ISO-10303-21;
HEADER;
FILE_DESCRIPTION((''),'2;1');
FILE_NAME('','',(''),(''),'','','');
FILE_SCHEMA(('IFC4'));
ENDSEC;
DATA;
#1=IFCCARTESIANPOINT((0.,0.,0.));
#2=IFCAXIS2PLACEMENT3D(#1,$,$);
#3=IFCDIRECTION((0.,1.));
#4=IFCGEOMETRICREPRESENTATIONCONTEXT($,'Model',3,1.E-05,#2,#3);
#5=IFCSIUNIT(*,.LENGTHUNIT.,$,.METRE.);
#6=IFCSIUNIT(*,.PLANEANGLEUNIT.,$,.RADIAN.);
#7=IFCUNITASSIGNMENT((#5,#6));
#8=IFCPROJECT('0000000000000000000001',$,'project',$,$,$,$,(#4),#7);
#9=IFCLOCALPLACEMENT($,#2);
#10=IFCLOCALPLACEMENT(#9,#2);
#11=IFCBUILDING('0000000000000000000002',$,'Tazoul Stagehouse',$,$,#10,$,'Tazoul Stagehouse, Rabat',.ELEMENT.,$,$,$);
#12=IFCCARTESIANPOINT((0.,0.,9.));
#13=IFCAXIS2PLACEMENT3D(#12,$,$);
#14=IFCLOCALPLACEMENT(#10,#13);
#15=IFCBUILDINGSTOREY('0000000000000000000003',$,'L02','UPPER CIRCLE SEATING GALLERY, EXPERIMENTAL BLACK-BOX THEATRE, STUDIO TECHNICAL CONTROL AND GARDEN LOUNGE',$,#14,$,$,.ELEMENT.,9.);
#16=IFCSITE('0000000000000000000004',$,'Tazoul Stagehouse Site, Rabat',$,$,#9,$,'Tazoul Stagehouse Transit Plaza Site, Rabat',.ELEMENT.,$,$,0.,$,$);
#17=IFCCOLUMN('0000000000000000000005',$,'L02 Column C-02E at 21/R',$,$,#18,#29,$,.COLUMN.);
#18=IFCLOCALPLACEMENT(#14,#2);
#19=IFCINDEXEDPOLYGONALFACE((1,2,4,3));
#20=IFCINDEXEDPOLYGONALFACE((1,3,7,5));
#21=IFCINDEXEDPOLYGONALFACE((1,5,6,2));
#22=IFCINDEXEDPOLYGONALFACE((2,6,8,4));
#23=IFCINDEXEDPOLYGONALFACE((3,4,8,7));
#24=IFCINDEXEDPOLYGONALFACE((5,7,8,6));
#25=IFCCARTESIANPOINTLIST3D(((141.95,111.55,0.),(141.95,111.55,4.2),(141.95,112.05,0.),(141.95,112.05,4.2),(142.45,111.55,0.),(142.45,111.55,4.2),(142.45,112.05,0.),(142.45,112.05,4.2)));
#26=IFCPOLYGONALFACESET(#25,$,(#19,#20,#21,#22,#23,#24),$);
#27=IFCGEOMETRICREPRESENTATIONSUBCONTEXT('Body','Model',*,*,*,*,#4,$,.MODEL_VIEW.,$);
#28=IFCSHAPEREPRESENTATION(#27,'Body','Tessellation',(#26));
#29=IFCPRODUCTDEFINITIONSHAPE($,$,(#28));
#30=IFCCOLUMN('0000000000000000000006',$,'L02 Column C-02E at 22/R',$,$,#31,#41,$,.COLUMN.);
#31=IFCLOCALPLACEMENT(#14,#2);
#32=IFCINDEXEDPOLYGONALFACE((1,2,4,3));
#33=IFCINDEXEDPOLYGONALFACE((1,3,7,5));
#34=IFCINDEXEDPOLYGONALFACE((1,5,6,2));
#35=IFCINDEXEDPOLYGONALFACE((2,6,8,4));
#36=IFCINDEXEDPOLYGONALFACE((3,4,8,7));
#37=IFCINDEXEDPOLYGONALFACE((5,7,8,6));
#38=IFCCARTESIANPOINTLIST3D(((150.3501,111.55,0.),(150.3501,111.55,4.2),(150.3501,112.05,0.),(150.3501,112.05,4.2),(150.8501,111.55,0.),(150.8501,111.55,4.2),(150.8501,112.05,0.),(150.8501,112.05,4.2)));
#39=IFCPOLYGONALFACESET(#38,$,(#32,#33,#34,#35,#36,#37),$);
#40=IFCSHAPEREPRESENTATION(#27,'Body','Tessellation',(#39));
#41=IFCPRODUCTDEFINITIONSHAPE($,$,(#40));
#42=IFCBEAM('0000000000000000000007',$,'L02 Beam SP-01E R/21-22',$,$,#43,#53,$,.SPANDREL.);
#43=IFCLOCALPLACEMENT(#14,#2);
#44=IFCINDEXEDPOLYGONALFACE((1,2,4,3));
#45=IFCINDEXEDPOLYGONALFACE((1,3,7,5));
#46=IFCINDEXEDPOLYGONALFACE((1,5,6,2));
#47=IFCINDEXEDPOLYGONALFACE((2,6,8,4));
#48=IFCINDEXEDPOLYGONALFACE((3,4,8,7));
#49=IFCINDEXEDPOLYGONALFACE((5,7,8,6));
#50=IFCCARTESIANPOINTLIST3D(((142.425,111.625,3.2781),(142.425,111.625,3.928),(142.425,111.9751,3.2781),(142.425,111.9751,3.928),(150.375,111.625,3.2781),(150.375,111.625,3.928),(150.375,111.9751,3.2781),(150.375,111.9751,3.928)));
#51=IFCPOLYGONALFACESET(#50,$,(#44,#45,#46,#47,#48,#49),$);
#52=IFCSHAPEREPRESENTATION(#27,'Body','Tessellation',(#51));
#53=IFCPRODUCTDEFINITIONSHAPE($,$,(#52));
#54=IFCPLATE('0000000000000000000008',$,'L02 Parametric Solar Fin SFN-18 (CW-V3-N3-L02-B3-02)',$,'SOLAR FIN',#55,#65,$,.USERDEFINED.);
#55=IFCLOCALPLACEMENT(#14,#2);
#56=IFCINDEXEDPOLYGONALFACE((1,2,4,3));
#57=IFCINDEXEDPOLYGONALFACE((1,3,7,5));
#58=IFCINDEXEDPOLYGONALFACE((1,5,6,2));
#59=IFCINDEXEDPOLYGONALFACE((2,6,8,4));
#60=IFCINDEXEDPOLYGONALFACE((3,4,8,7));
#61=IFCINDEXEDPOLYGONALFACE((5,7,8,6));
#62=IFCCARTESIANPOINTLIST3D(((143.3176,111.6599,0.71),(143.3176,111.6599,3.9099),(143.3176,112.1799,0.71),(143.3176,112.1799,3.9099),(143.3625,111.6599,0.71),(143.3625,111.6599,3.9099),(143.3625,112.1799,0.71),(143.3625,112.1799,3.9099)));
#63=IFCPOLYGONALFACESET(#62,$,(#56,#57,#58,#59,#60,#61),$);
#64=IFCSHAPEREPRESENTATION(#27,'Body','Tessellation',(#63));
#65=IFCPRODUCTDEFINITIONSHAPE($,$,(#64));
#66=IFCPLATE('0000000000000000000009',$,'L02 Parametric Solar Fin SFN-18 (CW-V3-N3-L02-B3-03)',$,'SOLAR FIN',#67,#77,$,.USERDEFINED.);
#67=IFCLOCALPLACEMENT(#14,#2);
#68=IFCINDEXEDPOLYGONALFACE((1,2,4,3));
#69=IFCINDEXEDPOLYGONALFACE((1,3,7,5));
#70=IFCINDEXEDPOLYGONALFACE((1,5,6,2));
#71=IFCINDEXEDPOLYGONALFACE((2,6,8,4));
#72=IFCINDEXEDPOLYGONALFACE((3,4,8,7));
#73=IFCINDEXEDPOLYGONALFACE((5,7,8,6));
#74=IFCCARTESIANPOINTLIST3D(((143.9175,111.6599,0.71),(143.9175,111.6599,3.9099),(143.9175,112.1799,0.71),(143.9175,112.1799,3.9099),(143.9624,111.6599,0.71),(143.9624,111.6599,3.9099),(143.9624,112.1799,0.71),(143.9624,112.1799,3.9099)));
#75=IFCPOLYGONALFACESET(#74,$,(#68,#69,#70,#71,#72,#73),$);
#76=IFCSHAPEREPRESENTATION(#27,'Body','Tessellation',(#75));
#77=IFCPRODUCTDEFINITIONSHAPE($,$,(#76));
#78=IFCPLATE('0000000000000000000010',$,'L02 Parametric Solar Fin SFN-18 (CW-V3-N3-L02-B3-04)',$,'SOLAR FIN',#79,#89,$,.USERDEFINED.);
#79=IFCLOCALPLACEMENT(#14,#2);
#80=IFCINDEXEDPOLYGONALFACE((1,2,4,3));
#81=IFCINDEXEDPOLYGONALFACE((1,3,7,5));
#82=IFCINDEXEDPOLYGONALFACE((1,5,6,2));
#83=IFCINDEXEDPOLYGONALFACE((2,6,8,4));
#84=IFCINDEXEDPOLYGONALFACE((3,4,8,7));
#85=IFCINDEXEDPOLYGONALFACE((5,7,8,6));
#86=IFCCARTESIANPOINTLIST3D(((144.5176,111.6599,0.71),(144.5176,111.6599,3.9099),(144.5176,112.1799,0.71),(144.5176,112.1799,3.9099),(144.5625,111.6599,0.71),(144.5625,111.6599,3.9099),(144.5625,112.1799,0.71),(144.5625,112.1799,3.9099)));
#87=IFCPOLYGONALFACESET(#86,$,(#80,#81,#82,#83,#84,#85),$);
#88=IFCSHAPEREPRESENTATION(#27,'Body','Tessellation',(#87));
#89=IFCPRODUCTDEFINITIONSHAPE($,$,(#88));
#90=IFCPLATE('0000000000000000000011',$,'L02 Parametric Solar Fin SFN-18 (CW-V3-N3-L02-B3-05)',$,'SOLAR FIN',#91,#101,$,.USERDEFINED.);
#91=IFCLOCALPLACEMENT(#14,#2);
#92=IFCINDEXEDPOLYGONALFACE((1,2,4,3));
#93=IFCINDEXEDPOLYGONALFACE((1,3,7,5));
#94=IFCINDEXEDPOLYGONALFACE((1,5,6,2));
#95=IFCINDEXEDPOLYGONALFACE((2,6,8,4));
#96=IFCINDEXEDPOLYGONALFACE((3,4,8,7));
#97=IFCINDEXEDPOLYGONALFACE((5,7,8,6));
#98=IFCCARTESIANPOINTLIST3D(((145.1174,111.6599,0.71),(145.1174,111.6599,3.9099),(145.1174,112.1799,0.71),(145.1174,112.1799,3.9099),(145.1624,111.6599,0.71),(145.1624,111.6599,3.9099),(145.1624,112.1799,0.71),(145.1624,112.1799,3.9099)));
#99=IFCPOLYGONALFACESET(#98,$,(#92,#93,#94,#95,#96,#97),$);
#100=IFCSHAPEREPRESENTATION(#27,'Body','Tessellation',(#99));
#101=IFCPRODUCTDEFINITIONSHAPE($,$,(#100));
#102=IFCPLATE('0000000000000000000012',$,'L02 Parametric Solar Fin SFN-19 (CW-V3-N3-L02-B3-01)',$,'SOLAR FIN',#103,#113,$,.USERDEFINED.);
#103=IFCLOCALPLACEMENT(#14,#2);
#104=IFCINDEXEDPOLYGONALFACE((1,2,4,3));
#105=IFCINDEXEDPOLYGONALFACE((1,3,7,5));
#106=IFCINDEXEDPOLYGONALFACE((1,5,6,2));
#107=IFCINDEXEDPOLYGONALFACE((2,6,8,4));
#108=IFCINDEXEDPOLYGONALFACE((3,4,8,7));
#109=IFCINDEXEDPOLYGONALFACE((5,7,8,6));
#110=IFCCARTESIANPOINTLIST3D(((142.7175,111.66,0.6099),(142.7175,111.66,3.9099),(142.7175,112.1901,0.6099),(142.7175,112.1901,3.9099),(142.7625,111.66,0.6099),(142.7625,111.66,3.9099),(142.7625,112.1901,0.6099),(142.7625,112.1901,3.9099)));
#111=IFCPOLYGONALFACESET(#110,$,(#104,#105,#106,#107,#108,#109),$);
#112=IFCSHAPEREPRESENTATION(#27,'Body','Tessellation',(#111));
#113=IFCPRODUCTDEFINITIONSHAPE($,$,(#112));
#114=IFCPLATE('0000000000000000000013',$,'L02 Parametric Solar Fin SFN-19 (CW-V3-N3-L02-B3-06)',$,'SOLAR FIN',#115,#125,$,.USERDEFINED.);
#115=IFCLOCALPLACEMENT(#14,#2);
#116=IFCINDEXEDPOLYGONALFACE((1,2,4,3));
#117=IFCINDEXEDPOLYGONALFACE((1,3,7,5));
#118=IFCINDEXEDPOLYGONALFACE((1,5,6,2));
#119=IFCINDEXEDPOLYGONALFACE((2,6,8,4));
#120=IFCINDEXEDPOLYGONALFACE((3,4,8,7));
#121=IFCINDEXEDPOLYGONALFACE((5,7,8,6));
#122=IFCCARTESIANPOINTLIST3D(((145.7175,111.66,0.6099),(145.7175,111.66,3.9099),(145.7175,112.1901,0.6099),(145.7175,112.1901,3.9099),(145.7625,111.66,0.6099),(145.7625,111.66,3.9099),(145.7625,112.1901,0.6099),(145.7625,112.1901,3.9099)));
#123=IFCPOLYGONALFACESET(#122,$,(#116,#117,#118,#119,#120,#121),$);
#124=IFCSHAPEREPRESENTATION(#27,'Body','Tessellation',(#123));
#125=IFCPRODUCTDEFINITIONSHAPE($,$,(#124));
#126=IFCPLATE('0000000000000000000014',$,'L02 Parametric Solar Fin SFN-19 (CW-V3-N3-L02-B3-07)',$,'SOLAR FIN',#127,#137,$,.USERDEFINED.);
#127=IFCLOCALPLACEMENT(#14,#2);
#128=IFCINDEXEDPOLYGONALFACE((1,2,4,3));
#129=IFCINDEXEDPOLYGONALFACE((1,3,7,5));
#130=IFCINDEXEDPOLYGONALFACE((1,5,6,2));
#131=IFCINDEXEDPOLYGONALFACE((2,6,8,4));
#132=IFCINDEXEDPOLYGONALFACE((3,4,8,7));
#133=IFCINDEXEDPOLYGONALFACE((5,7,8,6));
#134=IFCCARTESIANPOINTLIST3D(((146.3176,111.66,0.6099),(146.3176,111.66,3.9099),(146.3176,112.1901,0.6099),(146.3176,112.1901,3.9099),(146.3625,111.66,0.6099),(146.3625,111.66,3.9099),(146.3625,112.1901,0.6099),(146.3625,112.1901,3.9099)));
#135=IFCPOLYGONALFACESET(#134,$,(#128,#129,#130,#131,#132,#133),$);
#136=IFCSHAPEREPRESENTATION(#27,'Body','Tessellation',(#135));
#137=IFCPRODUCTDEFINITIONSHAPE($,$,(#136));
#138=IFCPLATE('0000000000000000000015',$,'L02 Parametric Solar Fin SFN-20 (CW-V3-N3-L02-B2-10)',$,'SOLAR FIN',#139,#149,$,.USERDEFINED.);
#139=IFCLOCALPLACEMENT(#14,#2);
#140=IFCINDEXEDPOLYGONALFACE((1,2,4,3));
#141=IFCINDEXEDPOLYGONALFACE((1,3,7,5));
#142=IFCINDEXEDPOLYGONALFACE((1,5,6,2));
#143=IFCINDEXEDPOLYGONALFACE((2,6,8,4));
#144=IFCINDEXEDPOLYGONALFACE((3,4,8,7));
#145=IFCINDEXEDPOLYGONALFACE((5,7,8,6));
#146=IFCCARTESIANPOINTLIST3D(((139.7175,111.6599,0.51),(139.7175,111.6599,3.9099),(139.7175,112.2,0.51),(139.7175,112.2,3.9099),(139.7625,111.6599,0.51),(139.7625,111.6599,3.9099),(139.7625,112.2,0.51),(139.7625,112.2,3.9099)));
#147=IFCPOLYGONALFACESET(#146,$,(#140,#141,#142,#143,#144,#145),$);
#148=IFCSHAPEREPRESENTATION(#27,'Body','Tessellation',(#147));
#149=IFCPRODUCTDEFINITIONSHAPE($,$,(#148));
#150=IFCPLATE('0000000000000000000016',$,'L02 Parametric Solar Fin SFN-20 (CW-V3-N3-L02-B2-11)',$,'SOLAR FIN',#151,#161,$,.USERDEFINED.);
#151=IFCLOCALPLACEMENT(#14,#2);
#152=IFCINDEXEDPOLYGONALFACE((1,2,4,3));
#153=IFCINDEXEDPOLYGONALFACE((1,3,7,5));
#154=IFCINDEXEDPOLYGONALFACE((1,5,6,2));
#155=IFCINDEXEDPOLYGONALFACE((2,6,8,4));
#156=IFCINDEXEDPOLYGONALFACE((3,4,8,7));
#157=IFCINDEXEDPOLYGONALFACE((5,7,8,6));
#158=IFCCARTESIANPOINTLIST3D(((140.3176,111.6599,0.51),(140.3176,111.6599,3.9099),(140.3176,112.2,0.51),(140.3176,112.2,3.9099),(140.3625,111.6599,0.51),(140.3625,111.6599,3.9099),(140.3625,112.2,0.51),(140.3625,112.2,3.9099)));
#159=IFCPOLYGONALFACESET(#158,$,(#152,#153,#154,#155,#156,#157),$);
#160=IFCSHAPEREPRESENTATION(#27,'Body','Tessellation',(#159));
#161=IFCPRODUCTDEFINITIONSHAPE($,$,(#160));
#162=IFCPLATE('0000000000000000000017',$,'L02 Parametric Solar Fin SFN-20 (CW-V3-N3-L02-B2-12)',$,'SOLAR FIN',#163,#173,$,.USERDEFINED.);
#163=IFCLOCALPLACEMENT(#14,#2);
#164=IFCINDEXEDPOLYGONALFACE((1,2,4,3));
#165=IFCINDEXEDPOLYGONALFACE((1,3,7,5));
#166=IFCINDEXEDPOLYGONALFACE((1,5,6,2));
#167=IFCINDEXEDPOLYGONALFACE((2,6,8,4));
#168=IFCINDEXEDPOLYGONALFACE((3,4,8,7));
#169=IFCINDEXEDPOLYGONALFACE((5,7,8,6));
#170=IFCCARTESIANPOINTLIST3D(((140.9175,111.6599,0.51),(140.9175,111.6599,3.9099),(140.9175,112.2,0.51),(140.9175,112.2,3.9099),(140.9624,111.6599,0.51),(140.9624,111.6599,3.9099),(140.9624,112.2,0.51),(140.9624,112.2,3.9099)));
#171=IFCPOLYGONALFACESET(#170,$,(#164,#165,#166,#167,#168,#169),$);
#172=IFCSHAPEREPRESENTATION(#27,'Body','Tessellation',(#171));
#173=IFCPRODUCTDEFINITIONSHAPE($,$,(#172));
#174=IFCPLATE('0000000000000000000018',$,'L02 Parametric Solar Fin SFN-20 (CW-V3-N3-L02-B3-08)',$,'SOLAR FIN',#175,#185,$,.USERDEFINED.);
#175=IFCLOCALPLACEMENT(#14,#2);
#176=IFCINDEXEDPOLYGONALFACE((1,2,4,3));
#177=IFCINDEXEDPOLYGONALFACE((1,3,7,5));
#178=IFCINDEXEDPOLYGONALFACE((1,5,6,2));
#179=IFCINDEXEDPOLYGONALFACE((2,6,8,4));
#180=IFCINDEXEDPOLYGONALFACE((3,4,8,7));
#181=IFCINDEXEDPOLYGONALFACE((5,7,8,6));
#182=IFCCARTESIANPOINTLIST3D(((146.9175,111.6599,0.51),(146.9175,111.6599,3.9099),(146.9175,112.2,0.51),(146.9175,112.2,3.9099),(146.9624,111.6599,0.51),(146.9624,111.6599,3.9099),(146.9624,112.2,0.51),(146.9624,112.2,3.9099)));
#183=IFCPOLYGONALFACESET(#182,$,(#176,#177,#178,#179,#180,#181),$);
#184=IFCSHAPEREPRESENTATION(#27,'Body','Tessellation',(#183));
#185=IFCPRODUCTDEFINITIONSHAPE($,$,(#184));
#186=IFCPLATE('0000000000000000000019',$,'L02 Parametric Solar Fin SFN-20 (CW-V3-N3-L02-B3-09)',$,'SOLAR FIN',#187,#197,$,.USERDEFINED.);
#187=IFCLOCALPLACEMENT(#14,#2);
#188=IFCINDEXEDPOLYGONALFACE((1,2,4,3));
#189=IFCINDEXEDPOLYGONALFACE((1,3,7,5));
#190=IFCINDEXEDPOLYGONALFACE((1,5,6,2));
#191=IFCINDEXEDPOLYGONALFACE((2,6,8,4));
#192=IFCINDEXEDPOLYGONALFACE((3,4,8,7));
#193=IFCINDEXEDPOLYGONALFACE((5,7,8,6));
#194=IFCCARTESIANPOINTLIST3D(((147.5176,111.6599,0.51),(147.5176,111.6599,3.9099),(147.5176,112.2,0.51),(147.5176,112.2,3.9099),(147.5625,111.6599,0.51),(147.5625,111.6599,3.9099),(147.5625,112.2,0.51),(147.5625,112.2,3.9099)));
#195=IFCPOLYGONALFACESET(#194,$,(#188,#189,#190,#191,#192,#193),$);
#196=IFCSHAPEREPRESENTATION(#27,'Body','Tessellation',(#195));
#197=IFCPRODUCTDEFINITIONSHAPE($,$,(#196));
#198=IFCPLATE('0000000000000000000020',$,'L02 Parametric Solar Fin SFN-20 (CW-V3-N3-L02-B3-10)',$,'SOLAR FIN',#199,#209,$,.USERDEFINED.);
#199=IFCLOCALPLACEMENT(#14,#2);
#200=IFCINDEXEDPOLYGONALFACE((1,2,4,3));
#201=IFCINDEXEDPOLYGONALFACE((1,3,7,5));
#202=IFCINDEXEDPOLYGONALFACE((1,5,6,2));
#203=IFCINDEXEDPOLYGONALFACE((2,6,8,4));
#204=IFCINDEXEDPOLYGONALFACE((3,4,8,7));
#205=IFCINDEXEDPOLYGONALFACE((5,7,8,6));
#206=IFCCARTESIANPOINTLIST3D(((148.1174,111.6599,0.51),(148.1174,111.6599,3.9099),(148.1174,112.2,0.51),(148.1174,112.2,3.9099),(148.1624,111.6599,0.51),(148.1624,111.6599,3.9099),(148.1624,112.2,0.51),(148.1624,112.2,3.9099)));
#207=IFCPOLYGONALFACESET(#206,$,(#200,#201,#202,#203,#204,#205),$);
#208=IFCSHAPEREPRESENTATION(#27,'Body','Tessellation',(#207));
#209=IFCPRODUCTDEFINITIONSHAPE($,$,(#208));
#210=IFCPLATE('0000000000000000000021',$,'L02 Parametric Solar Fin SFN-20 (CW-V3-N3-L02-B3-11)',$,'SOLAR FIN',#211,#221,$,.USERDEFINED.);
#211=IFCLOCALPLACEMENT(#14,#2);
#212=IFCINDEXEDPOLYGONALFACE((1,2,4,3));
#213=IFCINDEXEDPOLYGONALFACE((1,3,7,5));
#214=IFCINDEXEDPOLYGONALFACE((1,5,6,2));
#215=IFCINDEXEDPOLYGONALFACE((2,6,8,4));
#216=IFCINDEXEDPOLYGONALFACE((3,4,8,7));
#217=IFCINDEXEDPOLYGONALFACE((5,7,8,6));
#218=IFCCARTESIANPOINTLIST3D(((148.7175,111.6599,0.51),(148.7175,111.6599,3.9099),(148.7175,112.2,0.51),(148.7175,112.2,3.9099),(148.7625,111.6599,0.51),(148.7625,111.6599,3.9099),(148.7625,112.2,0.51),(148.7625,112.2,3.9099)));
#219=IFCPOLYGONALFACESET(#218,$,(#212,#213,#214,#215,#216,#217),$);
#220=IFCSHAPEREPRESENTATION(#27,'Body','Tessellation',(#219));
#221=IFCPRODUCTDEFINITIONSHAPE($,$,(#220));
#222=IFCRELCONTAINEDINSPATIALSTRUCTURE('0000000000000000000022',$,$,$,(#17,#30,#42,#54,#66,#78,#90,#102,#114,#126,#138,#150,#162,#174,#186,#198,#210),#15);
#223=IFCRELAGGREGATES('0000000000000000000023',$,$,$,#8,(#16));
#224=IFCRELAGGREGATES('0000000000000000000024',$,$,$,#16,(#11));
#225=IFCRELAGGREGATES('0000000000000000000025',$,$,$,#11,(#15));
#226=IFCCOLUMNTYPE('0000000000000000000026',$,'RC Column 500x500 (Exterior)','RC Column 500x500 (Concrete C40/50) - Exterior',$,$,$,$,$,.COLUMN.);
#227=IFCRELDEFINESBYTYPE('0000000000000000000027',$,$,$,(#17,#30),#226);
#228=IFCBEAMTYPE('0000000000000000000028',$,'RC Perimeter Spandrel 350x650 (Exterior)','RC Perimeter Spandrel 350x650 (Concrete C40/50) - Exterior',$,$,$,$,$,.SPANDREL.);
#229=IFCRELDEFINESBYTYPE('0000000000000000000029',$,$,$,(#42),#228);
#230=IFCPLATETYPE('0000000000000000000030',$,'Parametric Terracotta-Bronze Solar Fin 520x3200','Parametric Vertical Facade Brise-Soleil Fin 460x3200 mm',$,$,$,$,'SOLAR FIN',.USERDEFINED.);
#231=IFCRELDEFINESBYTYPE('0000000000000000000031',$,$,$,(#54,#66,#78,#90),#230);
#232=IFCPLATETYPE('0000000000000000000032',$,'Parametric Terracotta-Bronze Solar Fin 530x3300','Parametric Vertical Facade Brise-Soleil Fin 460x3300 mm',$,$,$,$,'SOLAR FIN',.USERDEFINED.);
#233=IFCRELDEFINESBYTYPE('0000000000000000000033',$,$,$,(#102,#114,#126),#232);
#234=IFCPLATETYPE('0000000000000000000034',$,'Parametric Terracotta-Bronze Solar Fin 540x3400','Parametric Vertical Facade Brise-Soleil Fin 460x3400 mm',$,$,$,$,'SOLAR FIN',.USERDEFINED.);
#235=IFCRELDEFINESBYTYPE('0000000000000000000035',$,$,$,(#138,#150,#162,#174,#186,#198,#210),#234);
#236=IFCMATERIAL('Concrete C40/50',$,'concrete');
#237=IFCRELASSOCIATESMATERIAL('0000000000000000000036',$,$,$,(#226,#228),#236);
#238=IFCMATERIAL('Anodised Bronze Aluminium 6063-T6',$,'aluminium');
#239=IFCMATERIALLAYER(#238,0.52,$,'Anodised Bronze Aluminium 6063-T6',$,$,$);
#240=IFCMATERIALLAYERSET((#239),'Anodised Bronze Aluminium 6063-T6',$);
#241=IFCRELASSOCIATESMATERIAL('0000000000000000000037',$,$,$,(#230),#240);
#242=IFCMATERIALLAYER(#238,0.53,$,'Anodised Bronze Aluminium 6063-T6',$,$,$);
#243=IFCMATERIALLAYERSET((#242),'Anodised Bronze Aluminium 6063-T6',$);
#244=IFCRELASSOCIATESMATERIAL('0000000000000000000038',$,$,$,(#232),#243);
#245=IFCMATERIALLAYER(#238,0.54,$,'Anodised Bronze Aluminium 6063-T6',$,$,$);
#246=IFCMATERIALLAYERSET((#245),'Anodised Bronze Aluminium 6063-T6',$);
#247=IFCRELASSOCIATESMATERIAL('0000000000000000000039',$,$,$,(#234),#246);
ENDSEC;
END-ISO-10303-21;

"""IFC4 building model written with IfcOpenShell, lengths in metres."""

from ifc_helpers import new_model, si_unit, direction, frame, origin, origin_2d, place, context, subcontext, project, spatial, rectangle, extrude, material, layer, layer_set, material_profile, profile_set, type_object, element, save


model = new_model("IFC4")

# Units and contexts
model_context = context("Model", 3, precision=1e-05, world=origin(), true_north=direction((0.0, 1.0)))
body_context = subcontext(model_context, "Body", "Model", "MODEL_VIEW")
ifc_project = project(units=[si_unit("LENGTHUNIT", "METRE"), si_unit("PLANEANGLEUNIT", "RADIAN")], contexts=[model_context])

# Site, building, storey
site_placement = place(None, origin())
site = spatial("IfcSite", under=ifc_project, at=site_placement, Name="Tazoul Stagehouse Site, Rabat", LongName="Tazoul Stagehouse Transit Plaza Site, Rabat", CompositionType="ELEMENT", RefElevation=0.0)
building_placement = place(site_placement, origin())
building = spatial("IfcBuilding", under=site, at=building_placement, Name="Tazoul Stagehouse", LongName="Tazoul Stagehouse, Rabat", CompositionType="ELEMENT")
storey_placement = place(building_placement, frame((0.0, 0.0, 9.0)))
storey = spatial("IfcBuildingStorey", under=building, at=storey_placement, Name="L02", Description="UPPER CIRCLE SEATING GALLERY, EXPERIMENTAL BLACK-BOX THEATRE, STUDIO TECHNICAL CONTROL AND GARDEN LOUNGE", CompositionType="ELEMENT", Elevation=9.0)

# Columns
ifc_material_1 = material(Name="Concrete C40/50", Category="concrete")
ifc_material_profile_1 = material_profile(ifc_material_1, rectangle(XDim=0.5, YDim=0.5, at=origin_2d()), Name="RC 500x500")
ifc_profile_set_1 = profile_set([ifc_material_profile_1], Name="Concrete C40/50")
column_type = type_object("IfcColumnType", Name="RC Column 500x500 (Exterior)", Description="RC Column 500x500 (Concrete C40/50) - Exterior", PredefinedType="COLUMN", material=ifc_profile_set_1)
for number, where, z_axis, x_axis, name in (
    (1, (142.2, 111.8, 0.0), (0.0, 0.0, 1.0), (1.0, 0.0, 0.0), "L02 Column C-02E at 21/R"),
    (2, (150.6001, 111.8, 0.0), (0.0, 0.0, 1.0), (1.0, 0.0, 0.0), "L02 Column C-02E at 22/R"),
):
    element("IfcColumn", number, at=place(storey_placement, frame(where, z_axis=z_axis, x_axis=x_axis)), inside=storey, type_object=column_type, Name=name, PredefinedType="COLUMN", context=body_context, shape_type="SweptSolid", body=[
        extrude(rectangle(XDim=0.5, YDim=0.5, at=origin_2d()), origin(), (0.0, 0.0, 1.0), 4.2),
    ])

# Beam
ifc_material_profile_2 = material_profile(ifc_material_1, rectangle(XDim=0.3501, YDim=0.6499, at=origin_2d()), Name="RC 350x650")
ifc_profile_set_2 = profile_set([ifc_material_profile_2], Name="Concrete C40/50")
beam_type = type_object("IfcBeamType", Name="RC Perimeter Spandrel 350x650 (Exterior)", Description="RC Perimeter Spandrel 350x650 (Concrete C40/50) - Exterior", PredefinedType="SPANDREL", material=ifc_profile_set_2)
beam_placement = place(storey_placement, frame((142.425, 111.8, 3.603), z_axis=(1.0, 0.0, 0.0), x_axis=(0.0, 1.0, 0.0)))
element("IfcBeam", 3, at=beam_placement, inside=storey, type_object=beam_type, Name="L02 Beam SP-01E R/21-22", PredefinedType="SPANDREL", context=body_context, shape_type="SweptSolid", body=[
    extrude(rectangle(XDim=0.3501, YDim=0.6499, at=origin_2d()), origin(), (0.0, 0.0, 1.0), 7.95),
])

# Plates
ifc_material_2 = material(Name="Anodised Bronze Aluminium 6063-T6", Category="aluminium")
ifc_layer_1 = layer(ifc_material_2, 0.52, Name="Anodised Bronze Aluminium 6063-T6")
ifc_layer_set_1 = layer_set([ifc_layer_1], Name="Anodised Bronze Aluminium 6063-T6")
plate_type_1 = type_object("IfcPlateType", Name="Parametric Terracotta-Bronze Solar Fin 520x3200", Description="Parametric Vertical Facade Brise-Soleil Fin 460x3200 mm", ElementType="SOLAR FIN", PredefinedType="USERDEFINED", material=ifc_layer_set_1)
for number, where, z_axis, x_axis, name in (
    (4, (143.3401, 111.9199, 0.71), (0.0, 0.0, 1.0), (1.0, 0.0, 0.0), "L02 Parametric Solar Fin SFN-18 (CW-V3-N3-L02-B3-02)"),
    (5, (143.9399, 111.9199, 0.71), (0.0, 0.0, 1.0), (1.0, 0.0, 0.0), "L02 Parametric Solar Fin SFN-18 (CW-V3-N3-L02-B3-03)"),
    (6, (144.54, 111.9199, 0.71), (0.0, 0.0, 1.0), (1.0, 0.0, 0.0), "L02 Parametric Solar Fin SFN-18 (CW-V3-N3-L02-B3-04)"),
    (7, (145.1399, 111.9199, 0.71), (0.0, 0.0, 1.0), (1.0, 0.0, 0.0), "L02 Parametric Solar Fin SFN-18 (CW-V3-N3-L02-B3-05)"),
):
    element("IfcPlate", number, at=place(storey_placement, frame(where, z_axis=z_axis, x_axis=x_axis)), inside=storey, type_object=plate_type_1, Name=name, ObjectType="SOLAR FIN", PredefinedType="USERDEFINED", context=body_context, shape_type="SweptSolid", body=[
        extrude(rectangle(XDim=0.0449, YDim=0.52, at=origin_2d()), origin(), (0.0, 0.0, 1.0), 3.2),
    ])
ifc_layer_2 = layer(ifc_material_2, 0.53, Name="Anodised Bronze Aluminium 6063-T6")
ifc_layer_set_2 = layer_set([ifc_layer_2], Name="Anodised Bronze Aluminium 6063-T6")
plate_type_2 = type_object("IfcPlateType", Name="Parametric Terracotta-Bronze Solar Fin 530x3300", Description="Parametric Vertical Facade Brise-Soleil Fin 460x3300 mm", ElementType="SOLAR FIN", PredefinedType="USERDEFINED", material=ifc_layer_set_2)
for number, where, z_axis, x_axis, name in (
    (8, (142.74, 111.925, 0.6099), (0.0, 0.0, 1.0), (1.0, 0.0, 0.0), "L02 Parametric Solar Fin SFN-19 (CW-V3-N3-L02-B3-01)"),
    (9, (145.74, 111.925, 0.6099), (0.0, 0.0, 1.0), (1.0, 0.0, 0.0), "L02 Parametric Solar Fin SFN-19 (CW-V3-N3-L02-B3-06)"),
    (10, (146.3401, 111.925, 0.6099), (0.0, 0.0, 1.0), (1.0, 0.0, 0.0), "L02 Parametric Solar Fin SFN-19 (CW-V3-N3-L02-B3-07)"),
):
    element("IfcPlate", number, at=place(storey_placement, frame(where, z_axis=z_axis, x_axis=x_axis)), inside=storey, type_object=plate_type_2, Name=name, ObjectType="SOLAR FIN", PredefinedType="USERDEFINED", context=body_context, shape_type="SweptSolid", body=[
        extrude(rectangle(XDim=0.0449, YDim=0.53, at=origin_2d()), origin(), (0.0, 0.0, 1.0), 3.3),
    ])
ifc_layer_3 = layer(ifc_material_2, 0.54, Name="Anodised Bronze Aluminium 6063-T6")
ifc_layer_set_3 = layer_set([ifc_layer_3], Name="Anodised Bronze Aluminium 6063-T6")
plate_type_3 = type_object("IfcPlateType", Name="Parametric Terracotta-Bronze Solar Fin 540x3400", Description="Parametric Vertical Facade Brise-Soleil Fin 460x3400 mm", ElementType="SOLAR FIN", PredefinedType="USERDEFINED", material=ifc_layer_set_3)
for number, where, z_axis, x_axis, name in (
    (11, (139.74, 111.9299, 0.51), (0.0, 0.0, 1.0), (1.0, 0.0, 0.0), "L02 Parametric Solar Fin SFN-20 (CW-V3-N3-L02-B2-10)"),
    (12, (140.3401, 111.9299, 0.51), (0.0, 0.0, 1.0), (1.0, 0.0, 0.0), "L02 Parametric Solar Fin SFN-20 (CW-V3-N3-L02-B2-11)"),
    (13, (140.9399, 111.9299, 0.51), (0.0, 0.0, 1.0), (1.0, 0.0, 0.0), "L02 Parametric Solar Fin SFN-20 (CW-V3-N3-L02-B2-12)"),
    (14, (146.9399, 111.9299, 0.51), (0.0, 0.0, 1.0), (1.0, 0.0, 0.0), "L02 Parametric Solar Fin SFN-20 (CW-V3-N3-L02-B3-08)"),
    (15, (147.54, 111.9299, 0.51), (0.0, 0.0, 1.0), (1.0, 0.0, 0.0), "L02 Parametric Solar Fin SFN-20 (CW-V3-N3-L02-B3-09)"),
    (16, (148.1399, 111.9299, 0.51), (0.0, 0.0, 1.0), (1.0, 0.0, 0.0), "L02 Parametric Solar Fin SFN-20 (CW-V3-N3-L02-B3-10)"),
    (17, (148.74, 111.9299, 0.51), (0.0, 0.0, 1.0), (1.0, 0.0, 0.0), "L02 Parametric Solar Fin SFN-20 (CW-V3-N3-L02-B3-11)"),
):
    element("IfcPlate", number, at=place(storey_placement, frame(where, z_axis=z_axis, x_axis=x_axis)), inside=storey, type_object=plate_type_3, Name=name, ObjectType="SOLAR FIN", PredefinedType="USERDEFINED", context=body_context, shape_type="SweptSolid", body=[
        extrude(rectangle(XDim=0.0449, YDim=0.54, at=origin_2d()), origin(), (0.0, 0.0, 1.0), 3.3999),
    ])

save(model, "model.ifc")
